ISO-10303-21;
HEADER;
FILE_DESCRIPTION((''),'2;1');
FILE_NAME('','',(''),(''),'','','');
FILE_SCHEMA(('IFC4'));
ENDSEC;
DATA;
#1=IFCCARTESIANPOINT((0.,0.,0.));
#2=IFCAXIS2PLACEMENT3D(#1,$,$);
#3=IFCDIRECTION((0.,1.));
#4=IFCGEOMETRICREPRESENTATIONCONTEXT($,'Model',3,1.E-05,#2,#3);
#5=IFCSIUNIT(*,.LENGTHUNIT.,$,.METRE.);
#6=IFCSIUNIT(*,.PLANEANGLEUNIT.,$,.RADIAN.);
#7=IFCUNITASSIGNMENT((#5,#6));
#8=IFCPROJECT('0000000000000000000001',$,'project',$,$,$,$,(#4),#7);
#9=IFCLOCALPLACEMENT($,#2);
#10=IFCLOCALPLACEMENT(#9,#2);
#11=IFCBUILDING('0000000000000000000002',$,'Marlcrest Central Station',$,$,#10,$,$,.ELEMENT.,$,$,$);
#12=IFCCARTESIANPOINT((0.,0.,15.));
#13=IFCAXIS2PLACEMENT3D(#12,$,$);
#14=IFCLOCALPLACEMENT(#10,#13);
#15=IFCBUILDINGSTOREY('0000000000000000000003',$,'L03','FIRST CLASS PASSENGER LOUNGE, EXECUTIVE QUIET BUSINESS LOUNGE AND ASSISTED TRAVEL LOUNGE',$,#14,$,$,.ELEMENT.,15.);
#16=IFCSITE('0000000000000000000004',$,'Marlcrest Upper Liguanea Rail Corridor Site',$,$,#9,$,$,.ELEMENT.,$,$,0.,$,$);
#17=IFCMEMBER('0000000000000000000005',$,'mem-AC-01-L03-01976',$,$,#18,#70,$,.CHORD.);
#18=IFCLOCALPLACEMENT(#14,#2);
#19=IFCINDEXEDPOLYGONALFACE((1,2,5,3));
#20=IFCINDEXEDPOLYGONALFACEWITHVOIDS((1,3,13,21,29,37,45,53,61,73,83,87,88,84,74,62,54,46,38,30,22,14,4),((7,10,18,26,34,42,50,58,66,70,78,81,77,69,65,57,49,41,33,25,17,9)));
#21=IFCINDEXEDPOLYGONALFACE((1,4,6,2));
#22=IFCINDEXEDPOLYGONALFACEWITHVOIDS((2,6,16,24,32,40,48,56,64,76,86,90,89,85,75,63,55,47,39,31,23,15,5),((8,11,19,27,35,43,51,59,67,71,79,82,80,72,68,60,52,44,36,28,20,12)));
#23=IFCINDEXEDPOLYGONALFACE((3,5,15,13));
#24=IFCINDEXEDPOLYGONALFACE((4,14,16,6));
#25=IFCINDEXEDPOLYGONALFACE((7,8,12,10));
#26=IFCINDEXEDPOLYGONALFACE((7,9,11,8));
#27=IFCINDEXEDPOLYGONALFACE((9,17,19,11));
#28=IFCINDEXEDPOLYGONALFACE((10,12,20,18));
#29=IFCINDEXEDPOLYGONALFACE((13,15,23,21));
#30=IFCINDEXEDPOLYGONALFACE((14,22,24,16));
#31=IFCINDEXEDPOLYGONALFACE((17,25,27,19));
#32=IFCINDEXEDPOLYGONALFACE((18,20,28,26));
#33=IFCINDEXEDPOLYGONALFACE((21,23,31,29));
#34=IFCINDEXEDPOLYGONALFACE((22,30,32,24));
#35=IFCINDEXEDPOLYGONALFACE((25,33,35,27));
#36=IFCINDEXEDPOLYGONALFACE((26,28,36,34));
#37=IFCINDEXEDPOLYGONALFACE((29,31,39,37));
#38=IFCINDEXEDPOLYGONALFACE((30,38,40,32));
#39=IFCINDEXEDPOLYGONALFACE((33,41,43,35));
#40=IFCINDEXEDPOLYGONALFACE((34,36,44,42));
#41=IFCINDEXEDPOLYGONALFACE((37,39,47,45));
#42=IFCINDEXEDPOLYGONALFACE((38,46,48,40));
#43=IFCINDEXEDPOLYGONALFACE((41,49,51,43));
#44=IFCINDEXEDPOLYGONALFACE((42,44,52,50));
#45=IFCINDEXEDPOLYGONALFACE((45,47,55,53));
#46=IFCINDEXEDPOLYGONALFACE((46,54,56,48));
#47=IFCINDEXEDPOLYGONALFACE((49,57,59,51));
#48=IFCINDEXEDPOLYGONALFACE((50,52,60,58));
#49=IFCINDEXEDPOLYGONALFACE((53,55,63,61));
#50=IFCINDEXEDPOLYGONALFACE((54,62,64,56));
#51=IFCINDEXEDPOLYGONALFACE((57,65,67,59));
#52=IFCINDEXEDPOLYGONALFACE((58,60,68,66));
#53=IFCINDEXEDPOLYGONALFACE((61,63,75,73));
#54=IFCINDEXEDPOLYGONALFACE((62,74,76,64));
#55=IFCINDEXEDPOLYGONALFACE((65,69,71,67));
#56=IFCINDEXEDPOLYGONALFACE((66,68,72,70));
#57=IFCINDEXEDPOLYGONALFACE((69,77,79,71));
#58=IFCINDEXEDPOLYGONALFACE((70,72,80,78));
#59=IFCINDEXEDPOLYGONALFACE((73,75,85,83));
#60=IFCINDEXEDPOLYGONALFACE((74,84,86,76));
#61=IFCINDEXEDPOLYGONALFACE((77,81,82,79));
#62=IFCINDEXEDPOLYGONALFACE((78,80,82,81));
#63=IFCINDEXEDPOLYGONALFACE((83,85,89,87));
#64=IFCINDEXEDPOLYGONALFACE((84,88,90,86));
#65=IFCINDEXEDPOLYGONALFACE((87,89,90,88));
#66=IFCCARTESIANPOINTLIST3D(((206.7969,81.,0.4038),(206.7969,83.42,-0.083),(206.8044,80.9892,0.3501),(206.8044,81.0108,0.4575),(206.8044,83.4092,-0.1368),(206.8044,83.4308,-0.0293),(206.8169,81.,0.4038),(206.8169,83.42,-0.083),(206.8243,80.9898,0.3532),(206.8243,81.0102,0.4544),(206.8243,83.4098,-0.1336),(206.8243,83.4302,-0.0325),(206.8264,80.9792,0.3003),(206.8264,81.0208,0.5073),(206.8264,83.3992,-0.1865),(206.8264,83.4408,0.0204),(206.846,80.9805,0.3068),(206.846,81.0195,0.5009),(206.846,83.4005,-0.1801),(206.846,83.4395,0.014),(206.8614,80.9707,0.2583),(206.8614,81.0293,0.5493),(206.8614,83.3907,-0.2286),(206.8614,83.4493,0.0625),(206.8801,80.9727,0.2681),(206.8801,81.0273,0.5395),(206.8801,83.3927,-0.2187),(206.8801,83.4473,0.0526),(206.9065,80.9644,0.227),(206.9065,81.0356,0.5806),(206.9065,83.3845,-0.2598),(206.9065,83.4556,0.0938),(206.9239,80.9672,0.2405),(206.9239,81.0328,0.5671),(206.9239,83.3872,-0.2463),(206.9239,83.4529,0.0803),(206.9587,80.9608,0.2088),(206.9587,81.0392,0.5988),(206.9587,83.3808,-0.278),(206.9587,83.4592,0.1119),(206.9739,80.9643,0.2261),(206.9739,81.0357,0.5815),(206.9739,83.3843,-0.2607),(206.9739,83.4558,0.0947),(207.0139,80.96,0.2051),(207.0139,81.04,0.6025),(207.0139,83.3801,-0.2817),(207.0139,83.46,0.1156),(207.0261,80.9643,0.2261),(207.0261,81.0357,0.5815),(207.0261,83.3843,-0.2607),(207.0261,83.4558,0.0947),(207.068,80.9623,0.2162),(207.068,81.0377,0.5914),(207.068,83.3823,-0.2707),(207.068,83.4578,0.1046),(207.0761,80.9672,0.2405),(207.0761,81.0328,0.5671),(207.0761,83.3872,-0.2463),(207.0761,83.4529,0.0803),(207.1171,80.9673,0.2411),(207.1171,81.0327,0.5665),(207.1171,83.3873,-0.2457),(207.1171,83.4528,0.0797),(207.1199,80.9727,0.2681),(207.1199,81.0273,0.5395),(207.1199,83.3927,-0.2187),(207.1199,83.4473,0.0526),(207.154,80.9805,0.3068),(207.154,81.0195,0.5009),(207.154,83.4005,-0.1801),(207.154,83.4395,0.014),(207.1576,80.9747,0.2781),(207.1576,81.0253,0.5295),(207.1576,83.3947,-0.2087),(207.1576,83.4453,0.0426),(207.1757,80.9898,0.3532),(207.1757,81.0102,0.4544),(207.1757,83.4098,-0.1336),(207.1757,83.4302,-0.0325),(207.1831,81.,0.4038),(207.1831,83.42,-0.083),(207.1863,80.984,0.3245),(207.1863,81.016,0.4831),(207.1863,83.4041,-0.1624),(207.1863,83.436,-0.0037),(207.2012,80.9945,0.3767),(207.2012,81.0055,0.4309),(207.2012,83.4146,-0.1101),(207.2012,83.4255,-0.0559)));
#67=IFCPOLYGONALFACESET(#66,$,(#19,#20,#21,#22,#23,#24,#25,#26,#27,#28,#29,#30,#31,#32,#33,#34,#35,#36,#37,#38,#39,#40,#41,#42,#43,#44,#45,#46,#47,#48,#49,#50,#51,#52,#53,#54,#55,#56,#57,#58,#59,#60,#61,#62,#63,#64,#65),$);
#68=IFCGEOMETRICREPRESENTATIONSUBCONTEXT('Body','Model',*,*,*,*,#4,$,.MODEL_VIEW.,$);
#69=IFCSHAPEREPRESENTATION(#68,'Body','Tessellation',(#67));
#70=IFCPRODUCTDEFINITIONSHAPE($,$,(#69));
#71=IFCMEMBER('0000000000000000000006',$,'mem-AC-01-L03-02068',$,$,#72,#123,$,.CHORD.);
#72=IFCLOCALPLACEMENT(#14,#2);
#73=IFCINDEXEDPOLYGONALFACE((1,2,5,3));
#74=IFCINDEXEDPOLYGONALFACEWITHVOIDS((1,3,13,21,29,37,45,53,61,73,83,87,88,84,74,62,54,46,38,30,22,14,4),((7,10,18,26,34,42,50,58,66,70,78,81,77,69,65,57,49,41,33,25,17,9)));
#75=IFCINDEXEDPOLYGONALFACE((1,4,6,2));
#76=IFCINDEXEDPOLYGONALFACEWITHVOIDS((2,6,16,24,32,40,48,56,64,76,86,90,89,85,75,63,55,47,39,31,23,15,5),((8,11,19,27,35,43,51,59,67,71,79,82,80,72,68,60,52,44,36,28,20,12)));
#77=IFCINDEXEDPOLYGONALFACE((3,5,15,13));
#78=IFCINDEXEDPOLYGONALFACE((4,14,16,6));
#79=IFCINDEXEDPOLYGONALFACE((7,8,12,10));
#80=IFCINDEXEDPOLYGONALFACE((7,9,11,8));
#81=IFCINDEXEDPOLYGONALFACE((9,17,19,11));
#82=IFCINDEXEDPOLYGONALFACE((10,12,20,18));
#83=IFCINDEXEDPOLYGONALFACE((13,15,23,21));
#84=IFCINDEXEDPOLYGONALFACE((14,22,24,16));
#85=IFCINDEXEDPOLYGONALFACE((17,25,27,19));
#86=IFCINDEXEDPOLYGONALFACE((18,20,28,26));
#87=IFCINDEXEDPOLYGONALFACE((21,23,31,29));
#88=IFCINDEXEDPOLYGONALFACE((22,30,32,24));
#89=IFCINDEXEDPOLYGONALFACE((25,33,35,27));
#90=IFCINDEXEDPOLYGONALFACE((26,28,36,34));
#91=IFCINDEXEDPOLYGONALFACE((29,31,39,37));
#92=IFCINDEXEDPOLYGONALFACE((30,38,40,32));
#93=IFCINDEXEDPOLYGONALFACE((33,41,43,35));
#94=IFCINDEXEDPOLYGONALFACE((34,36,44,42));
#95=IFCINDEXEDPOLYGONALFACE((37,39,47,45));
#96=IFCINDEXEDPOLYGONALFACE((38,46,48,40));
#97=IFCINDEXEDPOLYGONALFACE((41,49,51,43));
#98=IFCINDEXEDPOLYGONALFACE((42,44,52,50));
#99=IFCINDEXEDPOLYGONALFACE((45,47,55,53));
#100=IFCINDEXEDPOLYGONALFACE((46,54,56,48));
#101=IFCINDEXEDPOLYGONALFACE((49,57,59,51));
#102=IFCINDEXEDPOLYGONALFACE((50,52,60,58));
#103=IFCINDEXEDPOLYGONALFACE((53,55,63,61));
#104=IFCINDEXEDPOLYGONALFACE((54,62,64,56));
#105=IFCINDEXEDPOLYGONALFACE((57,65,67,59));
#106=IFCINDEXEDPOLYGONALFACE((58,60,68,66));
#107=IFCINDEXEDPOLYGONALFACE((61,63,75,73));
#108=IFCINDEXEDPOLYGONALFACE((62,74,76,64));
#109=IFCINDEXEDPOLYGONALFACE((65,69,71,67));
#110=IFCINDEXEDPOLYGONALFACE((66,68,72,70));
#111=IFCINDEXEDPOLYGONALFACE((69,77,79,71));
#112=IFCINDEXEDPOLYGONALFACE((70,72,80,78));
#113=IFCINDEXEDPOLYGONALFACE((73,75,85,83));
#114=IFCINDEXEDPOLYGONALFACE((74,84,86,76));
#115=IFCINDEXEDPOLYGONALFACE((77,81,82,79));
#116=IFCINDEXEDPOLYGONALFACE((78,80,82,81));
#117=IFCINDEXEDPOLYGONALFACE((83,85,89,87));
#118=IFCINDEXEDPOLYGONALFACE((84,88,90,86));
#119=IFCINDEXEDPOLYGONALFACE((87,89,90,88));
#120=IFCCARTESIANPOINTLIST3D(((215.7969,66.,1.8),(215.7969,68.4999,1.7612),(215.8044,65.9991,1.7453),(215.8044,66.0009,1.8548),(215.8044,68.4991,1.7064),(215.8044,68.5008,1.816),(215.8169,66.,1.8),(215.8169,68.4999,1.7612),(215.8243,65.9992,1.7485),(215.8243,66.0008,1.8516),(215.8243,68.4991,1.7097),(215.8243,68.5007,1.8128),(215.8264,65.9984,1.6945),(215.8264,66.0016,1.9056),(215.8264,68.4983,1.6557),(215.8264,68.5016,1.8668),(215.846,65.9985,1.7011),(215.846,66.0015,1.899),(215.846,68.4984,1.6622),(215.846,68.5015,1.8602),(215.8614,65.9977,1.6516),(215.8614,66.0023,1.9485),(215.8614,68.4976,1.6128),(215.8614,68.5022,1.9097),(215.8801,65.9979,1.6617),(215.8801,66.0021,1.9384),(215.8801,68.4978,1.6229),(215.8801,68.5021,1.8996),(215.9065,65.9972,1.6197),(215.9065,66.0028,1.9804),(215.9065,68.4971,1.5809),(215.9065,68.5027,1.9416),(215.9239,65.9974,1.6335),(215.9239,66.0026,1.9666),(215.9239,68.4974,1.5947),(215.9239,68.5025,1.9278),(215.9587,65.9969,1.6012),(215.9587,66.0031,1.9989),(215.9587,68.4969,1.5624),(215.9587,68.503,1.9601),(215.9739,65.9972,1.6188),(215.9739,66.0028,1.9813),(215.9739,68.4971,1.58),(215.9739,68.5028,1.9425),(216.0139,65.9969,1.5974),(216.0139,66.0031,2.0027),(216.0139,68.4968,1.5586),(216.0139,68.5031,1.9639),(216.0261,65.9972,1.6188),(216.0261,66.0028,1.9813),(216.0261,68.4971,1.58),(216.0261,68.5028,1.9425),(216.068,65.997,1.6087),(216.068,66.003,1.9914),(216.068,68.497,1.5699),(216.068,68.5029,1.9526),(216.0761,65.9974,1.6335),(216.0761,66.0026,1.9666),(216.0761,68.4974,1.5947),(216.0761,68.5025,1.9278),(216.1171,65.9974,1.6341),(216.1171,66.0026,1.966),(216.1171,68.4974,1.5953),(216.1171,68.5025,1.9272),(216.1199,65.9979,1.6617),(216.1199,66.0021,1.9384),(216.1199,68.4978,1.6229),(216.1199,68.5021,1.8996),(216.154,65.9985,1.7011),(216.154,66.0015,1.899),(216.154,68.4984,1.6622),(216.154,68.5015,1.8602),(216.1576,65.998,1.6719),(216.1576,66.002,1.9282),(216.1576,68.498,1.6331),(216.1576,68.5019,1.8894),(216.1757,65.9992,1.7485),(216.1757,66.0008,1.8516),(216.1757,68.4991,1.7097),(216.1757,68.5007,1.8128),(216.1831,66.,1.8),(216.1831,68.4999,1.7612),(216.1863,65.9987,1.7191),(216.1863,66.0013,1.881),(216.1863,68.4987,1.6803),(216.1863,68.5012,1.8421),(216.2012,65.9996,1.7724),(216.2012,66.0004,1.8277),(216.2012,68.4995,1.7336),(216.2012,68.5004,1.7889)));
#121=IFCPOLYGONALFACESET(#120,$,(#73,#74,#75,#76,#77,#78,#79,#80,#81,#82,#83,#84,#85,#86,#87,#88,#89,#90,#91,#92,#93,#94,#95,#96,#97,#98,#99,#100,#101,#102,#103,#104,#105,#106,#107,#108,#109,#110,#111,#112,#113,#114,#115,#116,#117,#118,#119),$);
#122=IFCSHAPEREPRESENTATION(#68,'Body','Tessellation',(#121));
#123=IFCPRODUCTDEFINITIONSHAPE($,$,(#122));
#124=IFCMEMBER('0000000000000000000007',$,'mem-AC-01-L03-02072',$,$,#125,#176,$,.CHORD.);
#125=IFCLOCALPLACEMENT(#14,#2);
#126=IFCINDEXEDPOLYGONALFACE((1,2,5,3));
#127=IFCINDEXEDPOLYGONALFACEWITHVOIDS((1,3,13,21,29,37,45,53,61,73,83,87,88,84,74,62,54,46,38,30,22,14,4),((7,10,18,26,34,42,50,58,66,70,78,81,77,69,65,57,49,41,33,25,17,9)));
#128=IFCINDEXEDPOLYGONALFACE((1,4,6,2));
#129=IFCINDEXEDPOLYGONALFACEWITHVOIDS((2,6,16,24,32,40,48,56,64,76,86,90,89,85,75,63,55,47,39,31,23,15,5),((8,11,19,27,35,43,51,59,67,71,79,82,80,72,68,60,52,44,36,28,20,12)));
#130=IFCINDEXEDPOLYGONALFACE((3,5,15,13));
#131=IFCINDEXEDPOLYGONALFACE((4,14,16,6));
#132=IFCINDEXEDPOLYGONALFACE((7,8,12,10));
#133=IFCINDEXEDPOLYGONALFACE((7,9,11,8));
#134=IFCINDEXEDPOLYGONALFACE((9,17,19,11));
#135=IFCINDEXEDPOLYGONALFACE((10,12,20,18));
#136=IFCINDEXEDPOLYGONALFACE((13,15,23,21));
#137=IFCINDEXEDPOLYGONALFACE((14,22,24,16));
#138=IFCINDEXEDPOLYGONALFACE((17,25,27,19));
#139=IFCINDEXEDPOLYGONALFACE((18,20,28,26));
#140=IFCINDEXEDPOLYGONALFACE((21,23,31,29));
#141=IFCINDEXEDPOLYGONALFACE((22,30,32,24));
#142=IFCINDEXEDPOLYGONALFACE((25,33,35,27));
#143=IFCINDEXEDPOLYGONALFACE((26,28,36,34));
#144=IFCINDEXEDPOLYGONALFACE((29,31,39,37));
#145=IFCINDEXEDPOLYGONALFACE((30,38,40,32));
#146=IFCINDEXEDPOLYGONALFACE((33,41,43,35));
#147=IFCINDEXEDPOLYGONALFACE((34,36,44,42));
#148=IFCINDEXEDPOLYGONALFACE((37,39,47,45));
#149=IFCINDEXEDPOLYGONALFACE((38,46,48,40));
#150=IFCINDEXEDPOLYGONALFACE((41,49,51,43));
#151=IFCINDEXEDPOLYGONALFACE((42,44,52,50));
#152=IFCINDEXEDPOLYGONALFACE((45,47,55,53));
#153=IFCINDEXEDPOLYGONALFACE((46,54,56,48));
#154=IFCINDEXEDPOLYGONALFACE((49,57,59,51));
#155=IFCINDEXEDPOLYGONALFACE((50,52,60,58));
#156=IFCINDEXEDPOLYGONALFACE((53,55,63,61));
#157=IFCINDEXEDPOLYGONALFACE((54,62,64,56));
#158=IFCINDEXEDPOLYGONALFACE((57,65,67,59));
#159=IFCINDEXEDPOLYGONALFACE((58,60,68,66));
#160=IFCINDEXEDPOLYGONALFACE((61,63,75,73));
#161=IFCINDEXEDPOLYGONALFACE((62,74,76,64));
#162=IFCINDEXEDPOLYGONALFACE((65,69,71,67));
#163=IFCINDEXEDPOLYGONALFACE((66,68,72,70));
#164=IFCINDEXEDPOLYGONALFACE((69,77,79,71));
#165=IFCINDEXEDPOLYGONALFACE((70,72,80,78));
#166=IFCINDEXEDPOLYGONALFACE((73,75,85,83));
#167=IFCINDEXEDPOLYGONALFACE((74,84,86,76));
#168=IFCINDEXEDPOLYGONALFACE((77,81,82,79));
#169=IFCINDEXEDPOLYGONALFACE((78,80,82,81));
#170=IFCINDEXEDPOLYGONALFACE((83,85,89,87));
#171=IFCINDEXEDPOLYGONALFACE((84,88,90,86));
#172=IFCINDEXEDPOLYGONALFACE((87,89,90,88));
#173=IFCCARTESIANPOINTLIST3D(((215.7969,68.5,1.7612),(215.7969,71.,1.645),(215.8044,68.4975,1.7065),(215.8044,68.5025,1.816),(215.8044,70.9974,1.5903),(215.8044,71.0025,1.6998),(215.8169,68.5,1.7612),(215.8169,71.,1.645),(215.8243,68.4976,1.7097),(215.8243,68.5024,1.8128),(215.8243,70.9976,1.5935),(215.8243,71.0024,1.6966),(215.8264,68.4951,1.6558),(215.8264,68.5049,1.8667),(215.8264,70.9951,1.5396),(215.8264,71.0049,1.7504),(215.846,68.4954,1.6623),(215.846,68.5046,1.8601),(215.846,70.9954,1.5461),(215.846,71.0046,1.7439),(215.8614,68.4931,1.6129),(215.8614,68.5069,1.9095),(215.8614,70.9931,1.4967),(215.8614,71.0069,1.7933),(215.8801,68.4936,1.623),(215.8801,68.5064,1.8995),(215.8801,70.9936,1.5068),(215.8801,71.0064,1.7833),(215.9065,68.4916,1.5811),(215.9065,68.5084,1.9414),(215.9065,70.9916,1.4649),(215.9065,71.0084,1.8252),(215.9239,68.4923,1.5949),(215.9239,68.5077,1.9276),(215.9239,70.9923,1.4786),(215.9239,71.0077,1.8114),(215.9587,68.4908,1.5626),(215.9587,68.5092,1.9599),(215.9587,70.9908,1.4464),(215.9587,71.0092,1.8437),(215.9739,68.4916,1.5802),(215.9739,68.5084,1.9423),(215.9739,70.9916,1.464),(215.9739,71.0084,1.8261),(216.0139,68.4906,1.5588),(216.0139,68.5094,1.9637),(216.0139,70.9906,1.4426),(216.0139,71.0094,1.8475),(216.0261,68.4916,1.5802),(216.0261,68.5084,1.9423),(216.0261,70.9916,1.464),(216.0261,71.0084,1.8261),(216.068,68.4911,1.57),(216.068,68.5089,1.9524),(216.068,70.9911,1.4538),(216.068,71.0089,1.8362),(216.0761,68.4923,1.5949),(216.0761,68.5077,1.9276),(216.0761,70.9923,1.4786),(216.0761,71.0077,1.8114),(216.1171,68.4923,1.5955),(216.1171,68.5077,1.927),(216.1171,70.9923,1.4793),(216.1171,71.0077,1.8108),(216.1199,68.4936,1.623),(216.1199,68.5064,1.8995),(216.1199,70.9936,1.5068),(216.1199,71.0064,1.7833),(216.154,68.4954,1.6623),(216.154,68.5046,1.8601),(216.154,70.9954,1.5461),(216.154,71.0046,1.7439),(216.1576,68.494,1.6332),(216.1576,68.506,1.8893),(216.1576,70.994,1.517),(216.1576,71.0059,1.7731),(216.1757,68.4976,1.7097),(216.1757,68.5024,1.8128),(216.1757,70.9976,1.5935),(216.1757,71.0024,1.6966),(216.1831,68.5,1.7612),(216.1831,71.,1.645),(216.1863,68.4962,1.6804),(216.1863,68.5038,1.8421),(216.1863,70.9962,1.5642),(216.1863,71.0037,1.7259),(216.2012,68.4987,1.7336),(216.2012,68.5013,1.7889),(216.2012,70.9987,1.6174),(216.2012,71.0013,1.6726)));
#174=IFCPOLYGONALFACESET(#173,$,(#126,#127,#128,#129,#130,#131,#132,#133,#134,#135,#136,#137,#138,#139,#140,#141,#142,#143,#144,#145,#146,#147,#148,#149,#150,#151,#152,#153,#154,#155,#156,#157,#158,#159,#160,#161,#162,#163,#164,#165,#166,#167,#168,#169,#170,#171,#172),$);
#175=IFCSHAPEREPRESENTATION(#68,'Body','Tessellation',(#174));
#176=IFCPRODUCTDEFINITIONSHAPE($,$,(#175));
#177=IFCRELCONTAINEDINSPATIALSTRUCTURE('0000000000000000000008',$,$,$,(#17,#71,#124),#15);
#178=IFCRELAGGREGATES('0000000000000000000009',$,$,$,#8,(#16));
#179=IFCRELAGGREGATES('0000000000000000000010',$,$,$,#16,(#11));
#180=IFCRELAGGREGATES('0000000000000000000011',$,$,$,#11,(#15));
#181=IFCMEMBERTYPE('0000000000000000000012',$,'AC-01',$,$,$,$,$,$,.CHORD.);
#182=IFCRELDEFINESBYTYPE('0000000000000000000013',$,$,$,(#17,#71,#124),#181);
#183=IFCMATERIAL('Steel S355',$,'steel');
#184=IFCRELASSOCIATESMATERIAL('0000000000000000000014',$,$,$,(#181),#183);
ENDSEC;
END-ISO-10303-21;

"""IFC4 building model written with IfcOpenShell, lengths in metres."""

from ifc_helpers import new_model, si_unit, direction, frame, origin, origin_2d, place, context, subcontext, project, spatial, hollow_circle, extrude, material, material_profile, profile_set, type_object, element, save


model = new_model("IFC4")

# Units and contexts
model_context = context("Model", 3, precision=1e-05, world=origin(), true_north=direction((0.0, 1.0)))
body_context = subcontext(model_context, "Body", "Model", "MODEL_VIEW")
ifc_project = project(units=[si_unit("LENGTHUNIT", "METRE"), si_unit("PLANEANGLEUNIT", "RADIAN")], contexts=[model_context])

# Site, building, storey
site_placement = place(None, origin())
site = spatial("IfcSite", under=ifc_project, at=site_placement, Name="Marlcrest Upper Liguanea Rail Corridor Site", CompositionType="ELEMENT", RefElevation=0.0)
building_placement = place(site_placement, origin())
building = spatial("IfcBuilding", under=site, at=building_placement, Name="Marlcrest Central Station", CompositionType="ELEMENT")
storey_placement = place(building_placement, frame((0.0, 0.0, 15.0)))
storey = spatial("IfcBuildingStorey", under=building, at=storey_placement, Name="L03", Description="FIRST CLASS PASSENGER LOUNGE, EXECUTIVE QUIET BUSINESS LOUNGE AND ASSISTED TRAVEL LOUNGE", CompositionType="ELEMENT", Elevation=15.0)

# Members
ifc_material_1 = material(Name="Steel S355", Category="steel")
ifc_material_profile_1 = material_profile(ifc_material_1, hollow_circle(Radius=0.2031, WallThickness=0.02, at=origin_2d()), Name="CHS 406.4x20")
ifc_profile_set_1 = profile_set([ifc_material_profile_1], Name="Steel S355")
member_type_1 = type_object("IfcMemberType", Name="AC-01", PredefinedType="CHORD", material=ifc_profile_set_1)
member_1_placement = place(storey_placement, frame((207.0, 81.0, 0.4038), z_axis=(0.0, 0.980359, -0.197219), x_axis=(-1.0, 0.0, 0.0)))
element("IfcMember", 1, at=member_1_placement, inside=storey, type_object=member_type_1, Name="mem-AC-01-L03-01976", PredefinedType="CHORD", context=body_context, shape_type="SweptSolid", body=[
    extrude(hollow_circle(Radius=0.2031, WallThickness=0.02, at=origin_2d()), origin(), (0.0, 0.0, 1.0), 2.4685),
])
member_2_placement = place(storey_placement, frame((216.0, 66.0, 1.8), z_axis=(0.0, 0.999879, -0.015525), x_axis=(-1.0, 0.0, 0.0)))
element("IfcMember", 2, at=member_2_placement, inside=storey, type_object=member_type_1, Name="mem-AC-01-L03-02068", PredefinedType="CHORD", context=body_context, shape_type="SweptSolid", body=[
    extrude(hollow_circle(Radius=0.2031, WallThickness=0.02, at=origin_2d()), origin(), (0.0, 0.0, 1.0), 2.5002),
])
member_3_placement = place(storey_placement, frame((216.0, 68.5, 1.7612), z_axis=(0.0, 0.998921, -0.046434), x_axis=(-1.0, 0.0, 0.0)))
element("IfcMember", 3, at=member_3_placement, inside=storey, type_object=member_type_1, Name="mem-AC-01-L03-02072", PredefinedType="CHORD", context=body_context, shape_type="SweptSolid", body=[
    extrude(hollow_circle(Radius=0.2031, WallThickness=0.02, at=origin_2d()), origin(), (0.0, 0.0, 1.0), 2.5027),
])

save(model, "model.ifc")
